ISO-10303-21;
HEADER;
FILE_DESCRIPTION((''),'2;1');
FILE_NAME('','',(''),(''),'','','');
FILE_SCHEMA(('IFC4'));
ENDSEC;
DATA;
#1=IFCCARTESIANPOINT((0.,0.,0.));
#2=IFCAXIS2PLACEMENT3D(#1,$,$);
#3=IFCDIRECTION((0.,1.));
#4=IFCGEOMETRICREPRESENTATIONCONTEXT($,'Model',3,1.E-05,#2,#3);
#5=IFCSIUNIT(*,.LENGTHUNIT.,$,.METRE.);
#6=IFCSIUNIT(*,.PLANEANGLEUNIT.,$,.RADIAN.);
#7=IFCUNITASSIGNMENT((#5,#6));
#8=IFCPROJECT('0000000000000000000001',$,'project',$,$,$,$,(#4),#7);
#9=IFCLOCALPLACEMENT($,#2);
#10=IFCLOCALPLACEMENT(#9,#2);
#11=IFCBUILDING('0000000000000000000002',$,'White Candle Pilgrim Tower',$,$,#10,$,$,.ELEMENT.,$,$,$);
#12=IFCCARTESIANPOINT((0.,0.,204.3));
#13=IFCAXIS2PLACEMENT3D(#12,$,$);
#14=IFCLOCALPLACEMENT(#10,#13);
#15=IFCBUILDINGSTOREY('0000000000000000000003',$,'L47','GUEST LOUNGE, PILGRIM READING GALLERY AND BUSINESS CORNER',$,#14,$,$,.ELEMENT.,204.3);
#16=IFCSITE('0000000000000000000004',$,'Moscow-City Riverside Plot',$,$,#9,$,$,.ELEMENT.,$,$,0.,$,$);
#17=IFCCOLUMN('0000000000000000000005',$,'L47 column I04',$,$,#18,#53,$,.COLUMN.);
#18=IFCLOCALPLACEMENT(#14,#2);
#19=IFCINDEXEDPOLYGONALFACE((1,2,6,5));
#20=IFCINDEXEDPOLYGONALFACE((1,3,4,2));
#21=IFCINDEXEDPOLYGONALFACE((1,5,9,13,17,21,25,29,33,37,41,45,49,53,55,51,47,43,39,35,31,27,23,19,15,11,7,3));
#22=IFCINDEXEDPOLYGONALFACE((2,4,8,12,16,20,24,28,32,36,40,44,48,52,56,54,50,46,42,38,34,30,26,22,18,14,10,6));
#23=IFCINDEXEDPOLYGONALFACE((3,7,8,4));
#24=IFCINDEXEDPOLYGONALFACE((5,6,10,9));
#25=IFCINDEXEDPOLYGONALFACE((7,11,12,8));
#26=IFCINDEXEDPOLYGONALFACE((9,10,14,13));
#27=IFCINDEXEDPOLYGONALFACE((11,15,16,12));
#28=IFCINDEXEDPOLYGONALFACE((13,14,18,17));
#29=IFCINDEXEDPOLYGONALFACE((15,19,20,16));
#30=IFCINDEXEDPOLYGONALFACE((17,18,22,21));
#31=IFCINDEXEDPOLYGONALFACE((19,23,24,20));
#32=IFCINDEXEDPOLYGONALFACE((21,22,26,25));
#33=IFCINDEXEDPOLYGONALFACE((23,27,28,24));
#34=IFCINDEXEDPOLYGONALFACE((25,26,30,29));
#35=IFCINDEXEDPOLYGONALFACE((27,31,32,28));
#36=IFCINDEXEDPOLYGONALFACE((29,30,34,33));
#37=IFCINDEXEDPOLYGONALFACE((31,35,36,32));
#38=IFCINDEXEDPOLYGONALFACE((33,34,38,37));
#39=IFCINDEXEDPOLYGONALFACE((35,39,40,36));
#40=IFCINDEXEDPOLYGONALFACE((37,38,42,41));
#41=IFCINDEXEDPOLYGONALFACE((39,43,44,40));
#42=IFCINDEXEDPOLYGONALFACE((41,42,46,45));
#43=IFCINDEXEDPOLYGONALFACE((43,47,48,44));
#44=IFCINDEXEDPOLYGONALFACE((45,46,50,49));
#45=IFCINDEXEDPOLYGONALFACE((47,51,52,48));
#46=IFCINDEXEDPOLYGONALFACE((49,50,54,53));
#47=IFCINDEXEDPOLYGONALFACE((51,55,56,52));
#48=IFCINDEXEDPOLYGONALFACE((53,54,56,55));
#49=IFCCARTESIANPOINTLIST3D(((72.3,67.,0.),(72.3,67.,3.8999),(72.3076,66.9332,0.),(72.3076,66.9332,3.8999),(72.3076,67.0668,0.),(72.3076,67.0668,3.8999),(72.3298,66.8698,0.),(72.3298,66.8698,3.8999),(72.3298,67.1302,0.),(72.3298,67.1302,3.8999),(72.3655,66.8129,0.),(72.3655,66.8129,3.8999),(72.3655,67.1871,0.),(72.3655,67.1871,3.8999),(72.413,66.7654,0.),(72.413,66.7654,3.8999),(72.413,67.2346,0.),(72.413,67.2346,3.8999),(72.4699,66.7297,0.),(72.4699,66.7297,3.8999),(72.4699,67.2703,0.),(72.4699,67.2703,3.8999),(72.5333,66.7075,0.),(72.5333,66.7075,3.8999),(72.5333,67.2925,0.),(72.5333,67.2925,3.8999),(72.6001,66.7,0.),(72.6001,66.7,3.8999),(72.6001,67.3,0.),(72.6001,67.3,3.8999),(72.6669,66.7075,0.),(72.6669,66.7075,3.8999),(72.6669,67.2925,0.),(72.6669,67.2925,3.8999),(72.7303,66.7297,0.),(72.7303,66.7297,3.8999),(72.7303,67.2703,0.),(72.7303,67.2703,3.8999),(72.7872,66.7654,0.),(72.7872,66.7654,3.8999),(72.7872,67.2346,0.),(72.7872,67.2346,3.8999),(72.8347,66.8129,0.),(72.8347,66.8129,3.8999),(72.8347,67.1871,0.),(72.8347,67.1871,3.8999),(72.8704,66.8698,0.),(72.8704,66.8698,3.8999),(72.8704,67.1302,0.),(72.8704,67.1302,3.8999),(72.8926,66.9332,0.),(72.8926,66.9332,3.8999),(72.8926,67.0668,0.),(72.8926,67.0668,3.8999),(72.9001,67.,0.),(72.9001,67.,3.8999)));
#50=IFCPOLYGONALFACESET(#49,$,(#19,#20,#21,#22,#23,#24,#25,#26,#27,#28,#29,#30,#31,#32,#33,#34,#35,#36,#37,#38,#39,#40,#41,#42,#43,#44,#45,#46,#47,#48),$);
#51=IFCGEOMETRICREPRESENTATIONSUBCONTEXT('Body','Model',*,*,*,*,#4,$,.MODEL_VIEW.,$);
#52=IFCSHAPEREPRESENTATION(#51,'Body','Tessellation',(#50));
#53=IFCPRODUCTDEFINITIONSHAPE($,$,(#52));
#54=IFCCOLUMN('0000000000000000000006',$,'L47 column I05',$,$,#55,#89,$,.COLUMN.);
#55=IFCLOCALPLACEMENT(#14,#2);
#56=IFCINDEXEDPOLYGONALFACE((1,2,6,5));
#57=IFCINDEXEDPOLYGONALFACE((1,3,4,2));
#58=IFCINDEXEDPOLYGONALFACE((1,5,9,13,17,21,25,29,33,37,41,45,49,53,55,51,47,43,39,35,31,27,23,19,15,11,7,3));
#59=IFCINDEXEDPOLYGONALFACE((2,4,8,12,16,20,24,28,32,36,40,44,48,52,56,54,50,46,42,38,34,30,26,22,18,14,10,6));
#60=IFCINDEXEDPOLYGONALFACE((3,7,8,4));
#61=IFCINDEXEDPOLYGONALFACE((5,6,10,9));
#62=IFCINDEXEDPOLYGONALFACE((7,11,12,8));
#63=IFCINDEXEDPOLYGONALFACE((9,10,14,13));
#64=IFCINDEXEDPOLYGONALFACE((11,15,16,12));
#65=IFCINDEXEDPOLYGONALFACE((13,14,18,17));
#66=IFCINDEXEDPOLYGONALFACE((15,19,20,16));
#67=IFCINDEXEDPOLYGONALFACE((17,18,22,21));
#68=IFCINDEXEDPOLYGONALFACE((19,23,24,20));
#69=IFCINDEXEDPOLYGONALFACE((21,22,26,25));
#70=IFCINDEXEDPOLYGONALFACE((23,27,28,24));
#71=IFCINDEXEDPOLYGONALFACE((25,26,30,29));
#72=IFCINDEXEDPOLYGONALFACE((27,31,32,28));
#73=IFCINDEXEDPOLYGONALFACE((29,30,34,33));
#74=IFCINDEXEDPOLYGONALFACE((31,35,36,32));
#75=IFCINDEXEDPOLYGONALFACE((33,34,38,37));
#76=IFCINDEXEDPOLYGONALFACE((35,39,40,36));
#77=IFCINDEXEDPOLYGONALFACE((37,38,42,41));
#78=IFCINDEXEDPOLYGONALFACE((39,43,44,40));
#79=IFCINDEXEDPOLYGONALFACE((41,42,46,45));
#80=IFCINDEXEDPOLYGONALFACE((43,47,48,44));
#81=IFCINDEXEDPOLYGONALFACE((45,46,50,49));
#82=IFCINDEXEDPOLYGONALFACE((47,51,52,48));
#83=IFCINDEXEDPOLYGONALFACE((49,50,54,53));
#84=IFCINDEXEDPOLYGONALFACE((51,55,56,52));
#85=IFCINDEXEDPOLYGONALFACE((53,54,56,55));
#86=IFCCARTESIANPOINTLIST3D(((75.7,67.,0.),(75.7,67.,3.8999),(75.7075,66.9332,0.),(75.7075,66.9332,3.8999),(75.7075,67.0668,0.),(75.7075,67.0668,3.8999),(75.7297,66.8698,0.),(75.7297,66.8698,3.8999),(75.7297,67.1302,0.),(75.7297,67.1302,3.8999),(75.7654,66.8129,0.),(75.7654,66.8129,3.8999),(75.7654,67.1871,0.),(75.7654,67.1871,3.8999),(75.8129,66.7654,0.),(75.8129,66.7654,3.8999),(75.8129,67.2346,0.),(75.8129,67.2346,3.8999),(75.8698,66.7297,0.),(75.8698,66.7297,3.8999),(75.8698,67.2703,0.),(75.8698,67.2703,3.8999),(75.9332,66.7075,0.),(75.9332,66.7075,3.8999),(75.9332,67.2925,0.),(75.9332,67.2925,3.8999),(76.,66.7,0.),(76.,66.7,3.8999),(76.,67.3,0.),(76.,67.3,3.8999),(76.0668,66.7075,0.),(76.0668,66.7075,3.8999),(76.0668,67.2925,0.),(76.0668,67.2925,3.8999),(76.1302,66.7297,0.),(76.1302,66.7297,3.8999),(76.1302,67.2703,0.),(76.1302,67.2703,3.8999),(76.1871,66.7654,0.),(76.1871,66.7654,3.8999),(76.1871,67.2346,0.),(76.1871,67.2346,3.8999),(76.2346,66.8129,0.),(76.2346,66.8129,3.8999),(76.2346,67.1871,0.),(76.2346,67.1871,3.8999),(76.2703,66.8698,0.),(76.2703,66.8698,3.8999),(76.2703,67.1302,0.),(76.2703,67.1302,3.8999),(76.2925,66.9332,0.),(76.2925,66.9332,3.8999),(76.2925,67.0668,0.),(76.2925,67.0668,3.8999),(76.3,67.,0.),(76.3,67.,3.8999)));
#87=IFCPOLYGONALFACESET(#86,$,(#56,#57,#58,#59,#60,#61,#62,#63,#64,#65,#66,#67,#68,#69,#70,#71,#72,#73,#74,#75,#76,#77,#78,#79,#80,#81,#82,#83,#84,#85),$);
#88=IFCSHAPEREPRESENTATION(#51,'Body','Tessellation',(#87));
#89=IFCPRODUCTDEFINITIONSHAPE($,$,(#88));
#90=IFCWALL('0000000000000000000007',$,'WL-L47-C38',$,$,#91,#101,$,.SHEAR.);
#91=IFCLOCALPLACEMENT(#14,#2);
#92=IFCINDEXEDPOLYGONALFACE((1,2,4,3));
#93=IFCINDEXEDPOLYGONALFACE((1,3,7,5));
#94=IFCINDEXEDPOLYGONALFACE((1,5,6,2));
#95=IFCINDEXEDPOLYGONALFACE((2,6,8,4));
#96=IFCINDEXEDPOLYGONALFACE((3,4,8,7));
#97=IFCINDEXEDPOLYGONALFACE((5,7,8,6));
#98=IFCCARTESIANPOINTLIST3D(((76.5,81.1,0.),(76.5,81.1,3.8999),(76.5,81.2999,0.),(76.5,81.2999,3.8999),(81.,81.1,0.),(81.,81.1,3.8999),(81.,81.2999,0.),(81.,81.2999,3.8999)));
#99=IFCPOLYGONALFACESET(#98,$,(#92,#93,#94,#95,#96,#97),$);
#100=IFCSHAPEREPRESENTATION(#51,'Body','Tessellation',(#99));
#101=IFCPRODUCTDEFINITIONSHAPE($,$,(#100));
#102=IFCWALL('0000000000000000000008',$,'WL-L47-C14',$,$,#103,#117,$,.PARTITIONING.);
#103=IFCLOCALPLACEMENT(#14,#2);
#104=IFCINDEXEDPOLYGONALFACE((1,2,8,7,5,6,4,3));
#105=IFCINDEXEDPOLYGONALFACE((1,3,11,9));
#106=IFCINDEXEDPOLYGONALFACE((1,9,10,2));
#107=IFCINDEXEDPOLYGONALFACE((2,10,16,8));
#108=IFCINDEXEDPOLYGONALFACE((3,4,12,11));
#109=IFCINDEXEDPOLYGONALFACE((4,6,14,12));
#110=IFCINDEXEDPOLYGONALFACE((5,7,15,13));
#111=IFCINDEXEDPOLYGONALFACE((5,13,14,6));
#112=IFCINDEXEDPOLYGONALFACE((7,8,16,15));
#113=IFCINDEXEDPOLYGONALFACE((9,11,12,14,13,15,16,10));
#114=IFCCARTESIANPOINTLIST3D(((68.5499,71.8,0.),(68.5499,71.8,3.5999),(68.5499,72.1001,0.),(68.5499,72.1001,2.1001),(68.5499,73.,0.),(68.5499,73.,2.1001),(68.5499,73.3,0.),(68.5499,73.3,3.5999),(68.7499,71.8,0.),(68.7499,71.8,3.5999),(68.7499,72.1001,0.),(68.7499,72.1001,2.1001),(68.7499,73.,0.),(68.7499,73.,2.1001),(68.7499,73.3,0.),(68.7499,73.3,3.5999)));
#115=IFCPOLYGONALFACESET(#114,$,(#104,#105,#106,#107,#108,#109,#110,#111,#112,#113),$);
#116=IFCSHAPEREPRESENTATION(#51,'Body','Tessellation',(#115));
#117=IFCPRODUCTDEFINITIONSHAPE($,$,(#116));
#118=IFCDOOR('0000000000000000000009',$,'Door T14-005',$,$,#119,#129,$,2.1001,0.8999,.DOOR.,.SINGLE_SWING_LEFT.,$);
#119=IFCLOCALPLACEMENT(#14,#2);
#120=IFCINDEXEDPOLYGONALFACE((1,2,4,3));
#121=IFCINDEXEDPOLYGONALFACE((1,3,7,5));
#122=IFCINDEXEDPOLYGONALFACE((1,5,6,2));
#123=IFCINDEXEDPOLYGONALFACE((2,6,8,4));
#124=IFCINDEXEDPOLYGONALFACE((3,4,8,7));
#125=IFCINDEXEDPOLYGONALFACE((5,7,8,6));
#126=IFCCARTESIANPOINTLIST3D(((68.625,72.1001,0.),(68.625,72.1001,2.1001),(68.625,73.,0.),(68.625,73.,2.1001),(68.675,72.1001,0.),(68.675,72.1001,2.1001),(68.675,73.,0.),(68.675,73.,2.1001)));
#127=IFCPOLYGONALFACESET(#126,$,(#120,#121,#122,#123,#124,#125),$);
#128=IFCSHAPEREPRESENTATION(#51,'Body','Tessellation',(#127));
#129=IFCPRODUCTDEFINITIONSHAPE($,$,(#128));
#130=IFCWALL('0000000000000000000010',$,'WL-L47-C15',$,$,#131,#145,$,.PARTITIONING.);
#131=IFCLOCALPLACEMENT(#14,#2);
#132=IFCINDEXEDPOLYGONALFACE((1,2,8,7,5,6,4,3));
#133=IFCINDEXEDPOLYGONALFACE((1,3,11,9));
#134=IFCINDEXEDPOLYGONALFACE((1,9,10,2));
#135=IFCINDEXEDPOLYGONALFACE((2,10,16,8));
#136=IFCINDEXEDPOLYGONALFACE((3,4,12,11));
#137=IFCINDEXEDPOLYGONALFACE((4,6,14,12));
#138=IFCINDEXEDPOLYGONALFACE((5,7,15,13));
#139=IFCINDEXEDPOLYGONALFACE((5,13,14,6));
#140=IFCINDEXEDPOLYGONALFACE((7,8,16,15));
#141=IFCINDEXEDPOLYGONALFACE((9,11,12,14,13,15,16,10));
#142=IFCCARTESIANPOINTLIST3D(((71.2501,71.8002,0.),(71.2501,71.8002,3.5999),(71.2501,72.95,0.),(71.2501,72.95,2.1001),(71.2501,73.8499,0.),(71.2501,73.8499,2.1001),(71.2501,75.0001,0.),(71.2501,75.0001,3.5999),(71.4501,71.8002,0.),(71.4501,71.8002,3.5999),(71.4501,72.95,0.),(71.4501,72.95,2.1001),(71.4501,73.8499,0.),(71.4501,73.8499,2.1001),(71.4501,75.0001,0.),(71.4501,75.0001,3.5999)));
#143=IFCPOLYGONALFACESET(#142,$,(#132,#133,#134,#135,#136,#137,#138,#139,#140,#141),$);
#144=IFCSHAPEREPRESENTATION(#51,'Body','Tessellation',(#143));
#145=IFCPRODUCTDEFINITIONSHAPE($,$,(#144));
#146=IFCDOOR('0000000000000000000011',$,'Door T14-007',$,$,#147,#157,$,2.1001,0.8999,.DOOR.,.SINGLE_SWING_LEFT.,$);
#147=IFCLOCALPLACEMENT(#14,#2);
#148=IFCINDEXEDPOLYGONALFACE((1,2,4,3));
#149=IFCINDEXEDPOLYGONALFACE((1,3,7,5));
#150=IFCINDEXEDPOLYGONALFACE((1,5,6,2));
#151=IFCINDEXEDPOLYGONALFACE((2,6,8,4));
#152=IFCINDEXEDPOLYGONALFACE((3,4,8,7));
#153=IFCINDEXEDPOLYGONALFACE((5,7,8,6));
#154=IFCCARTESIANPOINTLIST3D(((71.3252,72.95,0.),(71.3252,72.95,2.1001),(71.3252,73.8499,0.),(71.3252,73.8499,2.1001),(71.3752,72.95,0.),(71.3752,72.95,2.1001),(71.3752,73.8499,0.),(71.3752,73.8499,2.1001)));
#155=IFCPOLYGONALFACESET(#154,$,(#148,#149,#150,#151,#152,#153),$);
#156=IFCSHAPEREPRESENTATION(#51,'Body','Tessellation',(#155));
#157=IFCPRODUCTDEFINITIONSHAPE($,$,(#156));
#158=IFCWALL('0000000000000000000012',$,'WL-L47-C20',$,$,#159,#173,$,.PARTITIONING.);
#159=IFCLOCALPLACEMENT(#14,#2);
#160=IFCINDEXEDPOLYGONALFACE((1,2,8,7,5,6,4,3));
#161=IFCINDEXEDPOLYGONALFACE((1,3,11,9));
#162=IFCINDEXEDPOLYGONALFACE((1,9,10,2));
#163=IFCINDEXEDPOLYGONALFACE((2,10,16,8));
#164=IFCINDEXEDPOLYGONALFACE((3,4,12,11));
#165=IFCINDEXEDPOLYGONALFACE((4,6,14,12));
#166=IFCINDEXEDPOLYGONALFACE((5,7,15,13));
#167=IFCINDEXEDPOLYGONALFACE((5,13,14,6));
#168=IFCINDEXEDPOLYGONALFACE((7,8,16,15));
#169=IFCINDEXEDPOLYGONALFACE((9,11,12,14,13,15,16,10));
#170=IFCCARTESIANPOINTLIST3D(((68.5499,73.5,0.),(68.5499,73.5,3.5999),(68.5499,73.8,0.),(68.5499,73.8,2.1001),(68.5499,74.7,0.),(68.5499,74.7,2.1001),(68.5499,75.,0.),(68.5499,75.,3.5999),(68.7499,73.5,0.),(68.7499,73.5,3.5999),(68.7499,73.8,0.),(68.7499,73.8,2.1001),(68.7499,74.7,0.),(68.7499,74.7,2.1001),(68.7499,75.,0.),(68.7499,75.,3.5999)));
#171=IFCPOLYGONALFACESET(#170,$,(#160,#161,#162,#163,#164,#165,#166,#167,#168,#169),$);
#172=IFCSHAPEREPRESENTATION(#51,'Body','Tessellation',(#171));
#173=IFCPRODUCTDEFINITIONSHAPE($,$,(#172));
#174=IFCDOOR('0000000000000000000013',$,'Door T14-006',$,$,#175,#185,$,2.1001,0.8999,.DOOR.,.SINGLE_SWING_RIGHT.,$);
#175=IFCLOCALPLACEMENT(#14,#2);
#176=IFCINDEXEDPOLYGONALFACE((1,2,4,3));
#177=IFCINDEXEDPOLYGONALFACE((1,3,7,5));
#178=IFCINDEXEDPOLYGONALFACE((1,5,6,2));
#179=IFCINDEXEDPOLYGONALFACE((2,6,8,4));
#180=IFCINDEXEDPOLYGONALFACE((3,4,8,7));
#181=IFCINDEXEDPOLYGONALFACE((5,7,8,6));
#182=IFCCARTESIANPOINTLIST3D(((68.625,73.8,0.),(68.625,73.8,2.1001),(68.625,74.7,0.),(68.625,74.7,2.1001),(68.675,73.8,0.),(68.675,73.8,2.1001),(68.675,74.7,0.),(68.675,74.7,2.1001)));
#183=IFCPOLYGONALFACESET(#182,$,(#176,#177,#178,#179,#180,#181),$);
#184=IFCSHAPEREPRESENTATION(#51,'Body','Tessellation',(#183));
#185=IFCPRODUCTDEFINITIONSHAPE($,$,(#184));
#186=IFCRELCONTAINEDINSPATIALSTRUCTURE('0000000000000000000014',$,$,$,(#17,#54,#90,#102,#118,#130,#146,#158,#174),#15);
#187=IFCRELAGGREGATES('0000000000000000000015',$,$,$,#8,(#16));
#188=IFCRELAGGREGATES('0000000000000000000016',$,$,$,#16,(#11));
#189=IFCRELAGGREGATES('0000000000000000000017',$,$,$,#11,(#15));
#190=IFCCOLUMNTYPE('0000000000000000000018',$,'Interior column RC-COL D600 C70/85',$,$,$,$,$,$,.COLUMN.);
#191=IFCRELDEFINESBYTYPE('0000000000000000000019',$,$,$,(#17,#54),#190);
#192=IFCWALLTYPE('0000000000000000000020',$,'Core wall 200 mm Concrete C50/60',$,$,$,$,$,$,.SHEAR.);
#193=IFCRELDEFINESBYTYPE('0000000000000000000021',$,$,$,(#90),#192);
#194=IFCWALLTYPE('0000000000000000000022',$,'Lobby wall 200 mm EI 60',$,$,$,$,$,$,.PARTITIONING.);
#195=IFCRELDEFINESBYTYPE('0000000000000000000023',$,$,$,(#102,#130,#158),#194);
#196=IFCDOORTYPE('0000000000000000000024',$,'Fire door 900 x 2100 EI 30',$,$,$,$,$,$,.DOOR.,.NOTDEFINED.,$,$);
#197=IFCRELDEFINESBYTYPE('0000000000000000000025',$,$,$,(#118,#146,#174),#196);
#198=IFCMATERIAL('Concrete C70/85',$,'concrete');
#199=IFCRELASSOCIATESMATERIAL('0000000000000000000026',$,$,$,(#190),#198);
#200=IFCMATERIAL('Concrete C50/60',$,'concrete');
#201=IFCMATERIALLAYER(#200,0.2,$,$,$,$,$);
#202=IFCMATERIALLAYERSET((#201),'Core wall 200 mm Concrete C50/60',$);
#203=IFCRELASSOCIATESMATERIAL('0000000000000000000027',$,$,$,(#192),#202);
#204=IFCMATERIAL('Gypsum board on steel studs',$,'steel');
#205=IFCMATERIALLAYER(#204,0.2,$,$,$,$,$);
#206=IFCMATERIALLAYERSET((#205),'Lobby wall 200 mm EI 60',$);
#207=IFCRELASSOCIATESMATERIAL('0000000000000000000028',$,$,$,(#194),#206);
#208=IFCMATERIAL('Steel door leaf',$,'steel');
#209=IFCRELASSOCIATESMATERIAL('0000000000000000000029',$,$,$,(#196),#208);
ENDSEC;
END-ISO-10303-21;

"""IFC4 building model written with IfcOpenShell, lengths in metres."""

from ifc_helpers import new_model, si_unit, direction, frame, frame_2d, origin, origin_2d, place, context, subcontext, project, spatial, rectangle, circle, extrude, material, layer, layer_set, material_profile, profile_set, type_object, element, fill, save


model = new_model("IFC4")

# Units and contexts
model_context = context("Model", 3, precision=1e-05, world=origin(), true_north=direction((0.0, 1.0)))
body_context = subcontext(model_context, "Body", "Model", "MODEL_VIEW")
ifc_project = project(units=[si_unit("LENGTHUNIT", "METRE"), si_unit("PLANEANGLEUNIT", "RADIAN")], contexts=[model_context])

# Site, building, storey
site_placement = place(None, origin())
site = spatial("IfcSite", under=ifc_project, at=site_placement, Name="Moscow-City Riverside Plot", CompositionType="ELEMENT", RefElevation=0.0)
building_placement = place(site_placement, origin())
building = spatial("IfcBuilding", under=site, at=building_placement, Name="White Candle Pilgrim Tower", CompositionType="ELEMENT")
storey_placement = place(building_placement, frame((0.0, 0.0, 204.3)))
storey = spatial("IfcBuildingStorey", under=building, at=storey_placement, Name="L47", Description="GUEST LOUNGE, PILGRIM READING GALLERY AND BUSINESS CORNER", CompositionType="ELEMENT", Elevation=204.3)

# Columns
ifc_material_1 = material(Name="Concrete C70/85", Category="concrete")
ifc_material_profile = material_profile(ifc_material_1, circle(Radius=0.3, at=origin_2d()), Name="RC-COL D600")
ifc_profile_set = profile_set([ifc_material_profile], Name="Concrete C70/85")
column_type = type_object("IfcColumnType", Name="Interior column RC-COL D600 C70/85", PredefinedType="COLUMN", material=ifc_profile_set)
for number, where, z_axis, x_axis, name in (
    (1, (72.6001, 67.0, 0.0), (0.0, 0.0, 1.0), (1.0, 0.0, 0.0), "L47 column I04"),
    (2, (76.0, 67.0, 0.0), (0.0, 0.0, 1.0), (1.0, 0.0, 0.0), "L47 column I05"),
):
    element("IfcColumn", number, at=place(storey_placement, frame(where, z_axis=z_axis, x_axis=x_axis)), inside=storey, type_object=column_type, Name=name, PredefinedType="COLUMN", context=body_context, shape_type="SweptSolid", body=[
        extrude(circle(Radius=0.3, at=origin_2d()), origin(), (0.0, 0.0, 1.0), 3.8999),
    ])

# Wall
ifc_material_2 = material(Name="Concrete C50/60", Category="concrete")
ifc_layer_1 = layer(ifc_material_2, 0.2)
ifc_layer_set_1 = layer_set([ifc_layer_1], Name="Core wall 200 mm Concrete C50/60")
wall_type_1 = type_object("IfcWallType", Name="Core wall 200 mm Concrete C50/60", PredefinedType="SHEAR", material=ifc_layer_set_1)
wall_1_placement = place(storey_placement, frame((76.5, 81.2, 0.0), z_axis=(0.0, 0.0, 1.0), x_axis=(1.0, 0.0, 0.0)))
element("IfcWall", 3, at=wall_1_placement, inside=storey, type_object=wall_type_1, Name="WL-L47-C38", PredefinedType="SHEAR", context=body_context, shape_type="SweptSolid", body=[
    extrude(rectangle(XDim=4.5, YDim=0.2, at=frame_2d((2.25, 0.0))), origin(), (0.0, 0.0, 1.0), 3.8999),
])

# Walls, openings, doors
ifc_material_3 = material(Name="Gypsum board on steel studs", Category="steel")
ifc_layer_2 = layer(ifc_material_3, 0.2)
ifc_layer_set_2 = layer_set([ifc_layer_2], Name="Lobby wall 200 mm EI 60")
wall_type_2 = type_object("IfcWallType", Name="Lobby wall 200 mm EI 60", PredefinedType="PARTITIONING", material=ifc_layer_set_2)
wall_2_placement = place(storey_placement, frame((68.6499, 71.8, 0.0), z_axis=(0.0, 0.0, 1.0), x_axis=(0.0, 1.0, 0.0)))
wall_2 = element("IfcWall", 4, at=wall_2_placement, inside=storey, type_object=wall_type_2, Name="WL-L47-C14", PredefinedType="PARTITIONING", context=body_context, shape_type="SweptSolid", body=[
    extrude(rectangle(XDim=1.5, YDim=0.2, at=frame_2d((0.75, 0.0))), origin(), (0.0, 0.0, 1.0), 3.5999),
])
opening_1_placement = place(wall_2_placement, frame((0.3, 0.0, 0.0)))
opening_1 = element("IfcOpeningElement", 5, at=opening_1_placement, cuts=wall_2, PredefinedType="OPENING", context=body_context, shape_type="SweptSolid", body=[
    extrude(rectangle(XDim=0.8999, YDim=2.1001, at=frame_2d((0.45, 1.05))), frame((0.0, 0.1099, 0.0), z_axis=(0.0, -1.0, 0.0), x_axis=(1.0, 0.0, 0.0)), (0.0, 0.0, 1.0), 0.22),
])
ifc_material_4 = material(Name="Steel door leaf", Category="steel")
door_type_1 = type_object("IfcDoorType", Name="Fire door 900 x 2100 EI 30", OperationType="NOTDEFINED", PredefinedType="DOOR", material=ifc_material_4)
door_1_placement = place(opening_1_placement, origin())
door_1 = element("IfcDoor", 6, at=door_1_placement, inside=storey, type_object=door_type_1, Name="Door T14-005", OperationType="SINGLE_SWING_LEFT", OverallHeight=2.1001, OverallWidth=0.8999, PredefinedType="DOOR", context=body_context, shape_type="SweptSolid", body=[
    extrude(rectangle(XDim=0.8999, YDim=2.1001, at=frame_2d((0.45, 1.05))), frame((0.0, 0.0249, 0.0), z_axis=(0.0, -1.0, 0.0), x_axis=(1.0, 0.0, 0.0)), (0.0, 0.0, 1.0), 0.05),
])
fill(opening_1, door_1)
wall_3_placement = place(storey_placement, frame((71.3501, 71.8, 0.0), z_axis=(0.0, 0.0, 1.0), x_axis=(0.0, 1.0, 0.0)))
wall_3 = element("IfcWall", 7, at=wall_3_placement, inside=storey, type_object=wall_type_2, Name="WL-L47-C15", PredefinedType="PARTITIONING", context=body_context, shape_type="SweptSolid", body=[
    extrude(rectangle(XDim=3.2, YDim=0.2, at=frame_2d((1.6001, 0.0))), origin(), (0.0, 0.0, 1.0), 3.5999),
])
opening_2_placement = place(wall_3_placement, frame((1.1499, 0.0, 0.0)))
opening_2 = element("IfcOpeningElement", 8, at=opening_2_placement, cuts=wall_3, PredefinedType="OPENING", context=body_context, shape_type="SweptSolid", body=[
    extrude(rectangle(XDim=0.8999, YDim=2.1001, at=frame_2d((0.45, 1.05))), frame((0.0, 0.1099, 0.0), z_axis=(0.0, -1.0, 0.0), x_axis=(1.0, 0.0, 0.0)), (0.0, 0.0, 1.0), 0.22),
])
door_2_placement = place(opening_2_placement, origin())
door_2 = element("IfcDoor", 9, at=door_2_placement, inside=storey, type_object=door_type_1, Name="Door T14-007", OperationType="SINGLE_SWING_LEFT", OverallHeight=2.1001, OverallWidth=0.8999, PredefinedType="DOOR", context=body_context, shape_type="SweptSolid", body=[
    extrude(rectangle(XDim=0.8999, YDim=2.1001, at=frame_2d((0.45, 1.05))), frame((0.0, 0.0249, 0.0), z_axis=(0.0, -1.0, 0.0), x_axis=(1.0, 0.0, 0.0)), (0.0, 0.0, 1.0), 0.05),
])
fill(opening_2, door_2)
wall_4_placement = place(storey_placement, frame((68.6499, 73.5, 0.0), z_axis=(0.0, 0.0, 1.0), x_axis=(0.0, 1.0, 0.0)))
wall_4 = element("IfcWall", 10, at=wall_4_placement, inside=storey, type_object=wall_type_2, Name="WL-L47-C20", PredefinedType="PARTITIONING", context=body_context, shape_type="SweptSolid", body=[
    extrude(rectangle(XDim=1.5, YDim=0.2, at=frame_2d((0.75, 0.0))), origin(), (0.0, 0.0, 1.0), 3.5999),
])
opening_3_placement = place(wall_4_placement, frame((0.3, 0.0, 0.0)))
opening_3 = element("IfcOpeningElement", 11, at=opening_3_placement, cuts=wall_4, PredefinedType="OPENING", context=body_context, shape_type="SweptSolid", body=[
    extrude(rectangle(XDim=0.8999, YDim=2.1001, at=frame_2d((0.45, 1.05))), frame((0.0, 0.1099, 0.0), z_axis=(0.0, -1.0, 0.0), x_axis=(1.0, 0.0, 0.0)), (0.0, 0.0, 1.0), 0.22),
])
door_3_placement = place(opening_3_placement, origin())
door_3 = element("IfcDoor", 12, at=door_3_placement, inside=storey, type_object=door_type_1, Name="Door T14-006", OperationType="SINGLE_SWING_RIGHT", OverallHeight=2.1001, OverallWidth=0.8999, PredefinedType="DOOR", context=body_context, shape_type="SweptSolid", body=[
    extrude(rectangle(XDim=0.8999, YDim=2.1001, at=frame_2d((0.45, 1.05))), frame((0.0, 0.0249, 0.0), z_axis=(0.0, -1.0, 0.0), x_axis=(1.0, 0.0, 0.0)), (0.0, 0.0, 1.0), 0.05),
])
fill(opening_3, door_3)

save(model, "model.ifc")
